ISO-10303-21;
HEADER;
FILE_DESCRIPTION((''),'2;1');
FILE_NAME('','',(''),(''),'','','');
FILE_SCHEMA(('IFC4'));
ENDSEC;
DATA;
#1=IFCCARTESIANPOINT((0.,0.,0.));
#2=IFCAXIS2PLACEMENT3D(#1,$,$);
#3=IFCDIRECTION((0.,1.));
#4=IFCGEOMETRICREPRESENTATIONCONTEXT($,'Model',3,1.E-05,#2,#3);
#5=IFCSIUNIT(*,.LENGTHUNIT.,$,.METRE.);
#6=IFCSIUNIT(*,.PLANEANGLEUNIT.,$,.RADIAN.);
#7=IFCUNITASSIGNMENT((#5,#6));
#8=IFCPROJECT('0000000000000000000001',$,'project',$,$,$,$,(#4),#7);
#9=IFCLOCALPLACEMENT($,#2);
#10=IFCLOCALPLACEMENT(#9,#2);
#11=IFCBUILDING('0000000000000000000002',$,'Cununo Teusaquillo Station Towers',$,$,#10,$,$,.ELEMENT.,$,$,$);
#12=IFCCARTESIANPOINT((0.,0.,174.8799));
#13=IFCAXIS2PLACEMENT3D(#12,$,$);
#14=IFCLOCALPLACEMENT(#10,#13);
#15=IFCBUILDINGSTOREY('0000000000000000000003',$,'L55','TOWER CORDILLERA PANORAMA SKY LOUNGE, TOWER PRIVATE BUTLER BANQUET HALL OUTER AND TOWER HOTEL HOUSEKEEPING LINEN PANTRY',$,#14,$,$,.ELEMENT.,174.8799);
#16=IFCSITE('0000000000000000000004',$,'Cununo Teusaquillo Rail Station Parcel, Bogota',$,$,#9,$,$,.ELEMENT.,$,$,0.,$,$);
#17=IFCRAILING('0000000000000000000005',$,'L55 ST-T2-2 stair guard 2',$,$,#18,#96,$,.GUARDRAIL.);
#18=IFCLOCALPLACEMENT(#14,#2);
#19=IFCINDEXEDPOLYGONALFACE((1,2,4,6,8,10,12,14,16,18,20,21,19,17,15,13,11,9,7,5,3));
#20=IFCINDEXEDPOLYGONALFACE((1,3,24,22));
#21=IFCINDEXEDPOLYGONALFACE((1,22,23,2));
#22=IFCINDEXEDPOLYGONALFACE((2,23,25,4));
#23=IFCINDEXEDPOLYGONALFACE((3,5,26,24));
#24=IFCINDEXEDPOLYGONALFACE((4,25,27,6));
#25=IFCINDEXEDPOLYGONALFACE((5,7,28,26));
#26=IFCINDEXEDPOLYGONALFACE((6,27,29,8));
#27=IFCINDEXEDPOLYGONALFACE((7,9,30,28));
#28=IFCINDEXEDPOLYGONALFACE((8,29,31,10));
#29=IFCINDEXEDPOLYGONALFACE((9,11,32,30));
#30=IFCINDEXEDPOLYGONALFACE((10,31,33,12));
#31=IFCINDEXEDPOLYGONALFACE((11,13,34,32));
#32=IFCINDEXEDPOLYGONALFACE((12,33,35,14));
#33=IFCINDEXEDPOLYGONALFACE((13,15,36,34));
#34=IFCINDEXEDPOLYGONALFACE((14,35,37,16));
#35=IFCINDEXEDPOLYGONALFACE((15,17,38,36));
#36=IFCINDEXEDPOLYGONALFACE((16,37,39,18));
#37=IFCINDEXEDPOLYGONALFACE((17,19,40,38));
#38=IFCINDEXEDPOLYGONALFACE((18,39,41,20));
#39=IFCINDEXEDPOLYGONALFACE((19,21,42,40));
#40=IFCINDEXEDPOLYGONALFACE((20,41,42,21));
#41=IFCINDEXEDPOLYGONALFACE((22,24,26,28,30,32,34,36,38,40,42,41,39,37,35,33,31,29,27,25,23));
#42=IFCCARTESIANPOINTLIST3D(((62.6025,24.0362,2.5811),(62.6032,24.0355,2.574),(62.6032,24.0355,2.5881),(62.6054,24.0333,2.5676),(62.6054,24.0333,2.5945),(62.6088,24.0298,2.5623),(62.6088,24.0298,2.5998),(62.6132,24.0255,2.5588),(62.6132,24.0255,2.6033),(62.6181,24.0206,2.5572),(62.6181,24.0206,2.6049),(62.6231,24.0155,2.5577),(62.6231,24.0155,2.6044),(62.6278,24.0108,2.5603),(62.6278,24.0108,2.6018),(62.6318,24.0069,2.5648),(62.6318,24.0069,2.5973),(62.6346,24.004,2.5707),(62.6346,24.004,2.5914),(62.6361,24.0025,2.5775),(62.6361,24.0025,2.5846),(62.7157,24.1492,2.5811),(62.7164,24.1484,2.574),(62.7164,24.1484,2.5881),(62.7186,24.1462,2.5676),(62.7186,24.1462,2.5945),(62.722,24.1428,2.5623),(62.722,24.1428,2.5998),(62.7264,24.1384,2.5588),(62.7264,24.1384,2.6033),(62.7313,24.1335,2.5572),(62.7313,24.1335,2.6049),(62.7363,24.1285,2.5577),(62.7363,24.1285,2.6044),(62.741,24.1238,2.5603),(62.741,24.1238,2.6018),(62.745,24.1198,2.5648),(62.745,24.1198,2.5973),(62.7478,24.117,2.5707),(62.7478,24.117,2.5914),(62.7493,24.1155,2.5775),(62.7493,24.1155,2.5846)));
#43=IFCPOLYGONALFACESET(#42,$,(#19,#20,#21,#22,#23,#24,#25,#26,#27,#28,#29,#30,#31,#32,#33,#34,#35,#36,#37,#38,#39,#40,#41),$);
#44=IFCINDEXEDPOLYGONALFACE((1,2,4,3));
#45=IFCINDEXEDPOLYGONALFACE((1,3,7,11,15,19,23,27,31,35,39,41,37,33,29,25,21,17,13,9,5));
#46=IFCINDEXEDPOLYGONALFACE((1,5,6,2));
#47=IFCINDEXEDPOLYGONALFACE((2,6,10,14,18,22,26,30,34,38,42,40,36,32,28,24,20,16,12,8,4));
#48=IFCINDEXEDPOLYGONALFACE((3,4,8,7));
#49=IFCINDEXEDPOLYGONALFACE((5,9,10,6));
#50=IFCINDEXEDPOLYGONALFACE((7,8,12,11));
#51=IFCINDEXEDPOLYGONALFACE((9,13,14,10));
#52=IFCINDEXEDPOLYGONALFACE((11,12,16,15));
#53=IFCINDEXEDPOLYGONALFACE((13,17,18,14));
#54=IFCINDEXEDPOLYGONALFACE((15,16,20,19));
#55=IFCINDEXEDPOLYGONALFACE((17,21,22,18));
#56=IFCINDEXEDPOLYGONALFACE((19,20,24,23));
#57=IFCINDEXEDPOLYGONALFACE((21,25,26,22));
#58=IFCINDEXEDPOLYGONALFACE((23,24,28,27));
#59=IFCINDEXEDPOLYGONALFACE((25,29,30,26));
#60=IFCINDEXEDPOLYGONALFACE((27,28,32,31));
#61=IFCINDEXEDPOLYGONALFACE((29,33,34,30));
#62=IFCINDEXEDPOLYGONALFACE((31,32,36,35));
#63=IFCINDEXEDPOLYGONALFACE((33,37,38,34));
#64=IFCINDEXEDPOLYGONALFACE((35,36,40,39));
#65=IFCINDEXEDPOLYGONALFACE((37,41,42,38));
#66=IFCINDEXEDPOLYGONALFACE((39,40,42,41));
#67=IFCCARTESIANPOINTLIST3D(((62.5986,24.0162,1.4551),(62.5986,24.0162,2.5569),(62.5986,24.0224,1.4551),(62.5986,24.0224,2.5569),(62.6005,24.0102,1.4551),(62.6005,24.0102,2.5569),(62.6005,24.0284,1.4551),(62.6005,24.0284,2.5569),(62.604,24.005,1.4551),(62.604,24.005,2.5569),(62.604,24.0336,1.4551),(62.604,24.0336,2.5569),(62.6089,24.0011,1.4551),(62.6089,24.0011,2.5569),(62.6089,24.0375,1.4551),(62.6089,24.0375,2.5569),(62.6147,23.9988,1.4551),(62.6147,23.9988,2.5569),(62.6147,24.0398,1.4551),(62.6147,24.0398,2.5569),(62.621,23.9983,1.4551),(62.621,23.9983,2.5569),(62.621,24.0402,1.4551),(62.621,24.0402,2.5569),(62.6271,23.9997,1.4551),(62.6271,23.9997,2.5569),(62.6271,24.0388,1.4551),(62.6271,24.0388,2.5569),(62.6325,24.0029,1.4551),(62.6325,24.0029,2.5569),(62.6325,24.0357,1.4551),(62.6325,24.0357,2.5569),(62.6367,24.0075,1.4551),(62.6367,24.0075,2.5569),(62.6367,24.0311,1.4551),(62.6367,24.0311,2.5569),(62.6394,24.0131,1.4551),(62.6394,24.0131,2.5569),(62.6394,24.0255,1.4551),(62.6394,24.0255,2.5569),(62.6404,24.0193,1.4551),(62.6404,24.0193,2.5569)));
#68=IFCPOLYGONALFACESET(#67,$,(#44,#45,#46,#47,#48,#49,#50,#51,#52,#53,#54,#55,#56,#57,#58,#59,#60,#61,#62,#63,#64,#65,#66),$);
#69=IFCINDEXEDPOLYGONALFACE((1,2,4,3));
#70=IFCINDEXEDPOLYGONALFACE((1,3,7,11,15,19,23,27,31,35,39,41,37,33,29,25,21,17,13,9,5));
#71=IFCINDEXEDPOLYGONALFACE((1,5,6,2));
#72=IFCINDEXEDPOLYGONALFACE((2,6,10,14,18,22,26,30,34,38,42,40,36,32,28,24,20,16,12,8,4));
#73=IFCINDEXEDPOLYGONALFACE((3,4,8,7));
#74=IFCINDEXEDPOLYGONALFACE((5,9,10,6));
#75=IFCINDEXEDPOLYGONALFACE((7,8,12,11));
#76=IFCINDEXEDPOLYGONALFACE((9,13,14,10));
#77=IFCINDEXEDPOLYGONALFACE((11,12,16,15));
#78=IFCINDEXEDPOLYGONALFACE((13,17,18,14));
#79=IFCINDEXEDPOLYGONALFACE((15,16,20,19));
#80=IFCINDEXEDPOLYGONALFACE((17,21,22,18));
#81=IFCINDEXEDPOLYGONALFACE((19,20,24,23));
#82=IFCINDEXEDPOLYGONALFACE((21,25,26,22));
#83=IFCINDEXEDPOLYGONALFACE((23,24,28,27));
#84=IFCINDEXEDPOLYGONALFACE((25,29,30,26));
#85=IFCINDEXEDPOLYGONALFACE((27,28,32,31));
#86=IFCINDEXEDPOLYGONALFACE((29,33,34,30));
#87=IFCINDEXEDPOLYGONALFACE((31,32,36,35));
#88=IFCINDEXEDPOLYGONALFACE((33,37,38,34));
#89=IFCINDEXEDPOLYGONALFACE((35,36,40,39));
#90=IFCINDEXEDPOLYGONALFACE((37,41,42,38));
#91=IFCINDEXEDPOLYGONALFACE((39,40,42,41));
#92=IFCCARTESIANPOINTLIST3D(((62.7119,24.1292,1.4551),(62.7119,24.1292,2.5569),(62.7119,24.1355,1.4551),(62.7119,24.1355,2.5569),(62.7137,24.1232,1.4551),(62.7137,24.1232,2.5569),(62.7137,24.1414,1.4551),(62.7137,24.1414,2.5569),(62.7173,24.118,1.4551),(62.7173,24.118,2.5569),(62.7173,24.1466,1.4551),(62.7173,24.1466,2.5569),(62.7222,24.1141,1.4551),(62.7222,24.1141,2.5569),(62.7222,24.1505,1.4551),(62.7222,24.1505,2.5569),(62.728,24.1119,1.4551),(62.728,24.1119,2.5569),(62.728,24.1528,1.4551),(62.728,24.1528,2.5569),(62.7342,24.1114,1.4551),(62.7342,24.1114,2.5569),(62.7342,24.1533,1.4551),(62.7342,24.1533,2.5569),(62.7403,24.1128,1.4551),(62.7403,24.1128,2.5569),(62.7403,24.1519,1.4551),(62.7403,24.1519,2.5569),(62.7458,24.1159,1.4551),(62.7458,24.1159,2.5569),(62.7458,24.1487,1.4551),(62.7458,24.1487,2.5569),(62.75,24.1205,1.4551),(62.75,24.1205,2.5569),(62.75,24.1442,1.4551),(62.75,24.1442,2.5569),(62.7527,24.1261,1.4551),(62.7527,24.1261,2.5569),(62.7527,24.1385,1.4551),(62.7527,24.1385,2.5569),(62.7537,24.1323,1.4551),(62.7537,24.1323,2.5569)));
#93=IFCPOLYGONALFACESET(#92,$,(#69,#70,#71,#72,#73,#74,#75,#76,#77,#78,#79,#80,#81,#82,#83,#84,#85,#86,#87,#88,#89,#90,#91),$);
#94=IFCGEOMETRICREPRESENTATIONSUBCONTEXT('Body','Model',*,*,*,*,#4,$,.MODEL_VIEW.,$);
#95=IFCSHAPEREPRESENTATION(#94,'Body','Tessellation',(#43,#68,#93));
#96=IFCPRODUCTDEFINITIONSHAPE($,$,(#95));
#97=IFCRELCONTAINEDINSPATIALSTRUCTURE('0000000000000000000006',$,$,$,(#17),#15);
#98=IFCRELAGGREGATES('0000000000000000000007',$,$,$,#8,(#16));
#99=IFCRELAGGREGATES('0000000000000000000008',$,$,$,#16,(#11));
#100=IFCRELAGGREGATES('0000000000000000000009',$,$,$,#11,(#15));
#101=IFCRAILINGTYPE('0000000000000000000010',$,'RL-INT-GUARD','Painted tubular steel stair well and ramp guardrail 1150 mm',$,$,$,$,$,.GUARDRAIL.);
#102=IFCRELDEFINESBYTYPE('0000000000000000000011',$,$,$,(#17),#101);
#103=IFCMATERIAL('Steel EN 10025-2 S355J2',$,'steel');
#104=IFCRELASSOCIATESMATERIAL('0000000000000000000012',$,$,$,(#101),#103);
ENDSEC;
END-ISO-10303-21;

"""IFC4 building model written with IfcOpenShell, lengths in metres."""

from ifc_helpers import new_model, si_unit, direction, frame, origin, origin_2d, place, context, subcontext, project, spatial, circle, extrude, material, type_object, element, save


model = new_model("IFC4")

# Units and contexts
model_context = context("Model", 3, precision=1e-05, world=origin(), true_north=direction((0.0, 1.0)))
body_context = subcontext(model_context, "Body", "Model", "MODEL_VIEW")
ifc_project = project(units=[si_unit("LENGTHUNIT", "METRE"), si_unit("PLANEANGLEUNIT", "RADIAN")], contexts=[model_context])

# Site, building, storey
site_placement = place(None, origin())
site = spatial("IfcSite", under=ifc_project, at=site_placement, Name="Cununo Teusaquillo Rail Station Parcel, Bogota", CompositionType="ELEMENT", RefElevation=0.0)
building_placement = place(site_placement, origin())
building = spatial("IfcBuilding", under=site, at=building_placement, Name="Cununo Teusaquillo Station Towers", CompositionType="ELEMENT")
storey_placement = place(building_placement, frame((0.0, 0.0, 174.8799)))
storey = spatial("IfcBuildingStorey", under=building, at=storey_placement, Name="L55", Description="TOWER CORDILLERA PANORAMA SKY LOUNGE, TOWER PRIVATE BUTLER BANQUET HALL OUTER AND TOWER HOTEL HOUSEKEEPING LINEN PANTRY", CompositionType="ELEMENT", Elevation=174.8799)

# Railing
ifc_material_1 = material(Name="Steel EN 10025-2 S355J2", Category="steel")
railing_type_1 = type_object("IfcRailingType", Name="RL-INT-GUARD", Description="Painted tubular steel stair well and ramp guardrail 1150 mm", PredefinedType="GUARDRAIL", material=ifc_material_1)
railing_1_placement = place(storey_placement, frame((62.6194, 24.0193, 1.4551)))
element("IfcRailing", 1, at=railing_1_placement, inside=storey, type_object=railing_type_1, Name="L55 ST-T2-2 stair guard 2", PredefinedType="GUARDRAIL", context=body_context, shape_type="SweptSolid", body=[
    extrude(circle(Radius=0.0239, at=origin_2d()), frame((0.0, 0.0, 1.126), z_axis=(0.707869, 0.706344, 0.0), x_axis=(-0.706344, 0.707869, 0.0)), (0.0, 0.0, 1.0), 0.1599),
    extrude(circle(Radius=0.021, at=origin_2d()), origin(), (0.0, 0.0, 1.0), 1.1018),
    extrude(circle(Radius=0.021, at=origin_2d()), frame((0.1133, 0.113, 0.0)), (0.0, 0.0, 1.0), 1.1018),
])

save(model, "model.ifc")
